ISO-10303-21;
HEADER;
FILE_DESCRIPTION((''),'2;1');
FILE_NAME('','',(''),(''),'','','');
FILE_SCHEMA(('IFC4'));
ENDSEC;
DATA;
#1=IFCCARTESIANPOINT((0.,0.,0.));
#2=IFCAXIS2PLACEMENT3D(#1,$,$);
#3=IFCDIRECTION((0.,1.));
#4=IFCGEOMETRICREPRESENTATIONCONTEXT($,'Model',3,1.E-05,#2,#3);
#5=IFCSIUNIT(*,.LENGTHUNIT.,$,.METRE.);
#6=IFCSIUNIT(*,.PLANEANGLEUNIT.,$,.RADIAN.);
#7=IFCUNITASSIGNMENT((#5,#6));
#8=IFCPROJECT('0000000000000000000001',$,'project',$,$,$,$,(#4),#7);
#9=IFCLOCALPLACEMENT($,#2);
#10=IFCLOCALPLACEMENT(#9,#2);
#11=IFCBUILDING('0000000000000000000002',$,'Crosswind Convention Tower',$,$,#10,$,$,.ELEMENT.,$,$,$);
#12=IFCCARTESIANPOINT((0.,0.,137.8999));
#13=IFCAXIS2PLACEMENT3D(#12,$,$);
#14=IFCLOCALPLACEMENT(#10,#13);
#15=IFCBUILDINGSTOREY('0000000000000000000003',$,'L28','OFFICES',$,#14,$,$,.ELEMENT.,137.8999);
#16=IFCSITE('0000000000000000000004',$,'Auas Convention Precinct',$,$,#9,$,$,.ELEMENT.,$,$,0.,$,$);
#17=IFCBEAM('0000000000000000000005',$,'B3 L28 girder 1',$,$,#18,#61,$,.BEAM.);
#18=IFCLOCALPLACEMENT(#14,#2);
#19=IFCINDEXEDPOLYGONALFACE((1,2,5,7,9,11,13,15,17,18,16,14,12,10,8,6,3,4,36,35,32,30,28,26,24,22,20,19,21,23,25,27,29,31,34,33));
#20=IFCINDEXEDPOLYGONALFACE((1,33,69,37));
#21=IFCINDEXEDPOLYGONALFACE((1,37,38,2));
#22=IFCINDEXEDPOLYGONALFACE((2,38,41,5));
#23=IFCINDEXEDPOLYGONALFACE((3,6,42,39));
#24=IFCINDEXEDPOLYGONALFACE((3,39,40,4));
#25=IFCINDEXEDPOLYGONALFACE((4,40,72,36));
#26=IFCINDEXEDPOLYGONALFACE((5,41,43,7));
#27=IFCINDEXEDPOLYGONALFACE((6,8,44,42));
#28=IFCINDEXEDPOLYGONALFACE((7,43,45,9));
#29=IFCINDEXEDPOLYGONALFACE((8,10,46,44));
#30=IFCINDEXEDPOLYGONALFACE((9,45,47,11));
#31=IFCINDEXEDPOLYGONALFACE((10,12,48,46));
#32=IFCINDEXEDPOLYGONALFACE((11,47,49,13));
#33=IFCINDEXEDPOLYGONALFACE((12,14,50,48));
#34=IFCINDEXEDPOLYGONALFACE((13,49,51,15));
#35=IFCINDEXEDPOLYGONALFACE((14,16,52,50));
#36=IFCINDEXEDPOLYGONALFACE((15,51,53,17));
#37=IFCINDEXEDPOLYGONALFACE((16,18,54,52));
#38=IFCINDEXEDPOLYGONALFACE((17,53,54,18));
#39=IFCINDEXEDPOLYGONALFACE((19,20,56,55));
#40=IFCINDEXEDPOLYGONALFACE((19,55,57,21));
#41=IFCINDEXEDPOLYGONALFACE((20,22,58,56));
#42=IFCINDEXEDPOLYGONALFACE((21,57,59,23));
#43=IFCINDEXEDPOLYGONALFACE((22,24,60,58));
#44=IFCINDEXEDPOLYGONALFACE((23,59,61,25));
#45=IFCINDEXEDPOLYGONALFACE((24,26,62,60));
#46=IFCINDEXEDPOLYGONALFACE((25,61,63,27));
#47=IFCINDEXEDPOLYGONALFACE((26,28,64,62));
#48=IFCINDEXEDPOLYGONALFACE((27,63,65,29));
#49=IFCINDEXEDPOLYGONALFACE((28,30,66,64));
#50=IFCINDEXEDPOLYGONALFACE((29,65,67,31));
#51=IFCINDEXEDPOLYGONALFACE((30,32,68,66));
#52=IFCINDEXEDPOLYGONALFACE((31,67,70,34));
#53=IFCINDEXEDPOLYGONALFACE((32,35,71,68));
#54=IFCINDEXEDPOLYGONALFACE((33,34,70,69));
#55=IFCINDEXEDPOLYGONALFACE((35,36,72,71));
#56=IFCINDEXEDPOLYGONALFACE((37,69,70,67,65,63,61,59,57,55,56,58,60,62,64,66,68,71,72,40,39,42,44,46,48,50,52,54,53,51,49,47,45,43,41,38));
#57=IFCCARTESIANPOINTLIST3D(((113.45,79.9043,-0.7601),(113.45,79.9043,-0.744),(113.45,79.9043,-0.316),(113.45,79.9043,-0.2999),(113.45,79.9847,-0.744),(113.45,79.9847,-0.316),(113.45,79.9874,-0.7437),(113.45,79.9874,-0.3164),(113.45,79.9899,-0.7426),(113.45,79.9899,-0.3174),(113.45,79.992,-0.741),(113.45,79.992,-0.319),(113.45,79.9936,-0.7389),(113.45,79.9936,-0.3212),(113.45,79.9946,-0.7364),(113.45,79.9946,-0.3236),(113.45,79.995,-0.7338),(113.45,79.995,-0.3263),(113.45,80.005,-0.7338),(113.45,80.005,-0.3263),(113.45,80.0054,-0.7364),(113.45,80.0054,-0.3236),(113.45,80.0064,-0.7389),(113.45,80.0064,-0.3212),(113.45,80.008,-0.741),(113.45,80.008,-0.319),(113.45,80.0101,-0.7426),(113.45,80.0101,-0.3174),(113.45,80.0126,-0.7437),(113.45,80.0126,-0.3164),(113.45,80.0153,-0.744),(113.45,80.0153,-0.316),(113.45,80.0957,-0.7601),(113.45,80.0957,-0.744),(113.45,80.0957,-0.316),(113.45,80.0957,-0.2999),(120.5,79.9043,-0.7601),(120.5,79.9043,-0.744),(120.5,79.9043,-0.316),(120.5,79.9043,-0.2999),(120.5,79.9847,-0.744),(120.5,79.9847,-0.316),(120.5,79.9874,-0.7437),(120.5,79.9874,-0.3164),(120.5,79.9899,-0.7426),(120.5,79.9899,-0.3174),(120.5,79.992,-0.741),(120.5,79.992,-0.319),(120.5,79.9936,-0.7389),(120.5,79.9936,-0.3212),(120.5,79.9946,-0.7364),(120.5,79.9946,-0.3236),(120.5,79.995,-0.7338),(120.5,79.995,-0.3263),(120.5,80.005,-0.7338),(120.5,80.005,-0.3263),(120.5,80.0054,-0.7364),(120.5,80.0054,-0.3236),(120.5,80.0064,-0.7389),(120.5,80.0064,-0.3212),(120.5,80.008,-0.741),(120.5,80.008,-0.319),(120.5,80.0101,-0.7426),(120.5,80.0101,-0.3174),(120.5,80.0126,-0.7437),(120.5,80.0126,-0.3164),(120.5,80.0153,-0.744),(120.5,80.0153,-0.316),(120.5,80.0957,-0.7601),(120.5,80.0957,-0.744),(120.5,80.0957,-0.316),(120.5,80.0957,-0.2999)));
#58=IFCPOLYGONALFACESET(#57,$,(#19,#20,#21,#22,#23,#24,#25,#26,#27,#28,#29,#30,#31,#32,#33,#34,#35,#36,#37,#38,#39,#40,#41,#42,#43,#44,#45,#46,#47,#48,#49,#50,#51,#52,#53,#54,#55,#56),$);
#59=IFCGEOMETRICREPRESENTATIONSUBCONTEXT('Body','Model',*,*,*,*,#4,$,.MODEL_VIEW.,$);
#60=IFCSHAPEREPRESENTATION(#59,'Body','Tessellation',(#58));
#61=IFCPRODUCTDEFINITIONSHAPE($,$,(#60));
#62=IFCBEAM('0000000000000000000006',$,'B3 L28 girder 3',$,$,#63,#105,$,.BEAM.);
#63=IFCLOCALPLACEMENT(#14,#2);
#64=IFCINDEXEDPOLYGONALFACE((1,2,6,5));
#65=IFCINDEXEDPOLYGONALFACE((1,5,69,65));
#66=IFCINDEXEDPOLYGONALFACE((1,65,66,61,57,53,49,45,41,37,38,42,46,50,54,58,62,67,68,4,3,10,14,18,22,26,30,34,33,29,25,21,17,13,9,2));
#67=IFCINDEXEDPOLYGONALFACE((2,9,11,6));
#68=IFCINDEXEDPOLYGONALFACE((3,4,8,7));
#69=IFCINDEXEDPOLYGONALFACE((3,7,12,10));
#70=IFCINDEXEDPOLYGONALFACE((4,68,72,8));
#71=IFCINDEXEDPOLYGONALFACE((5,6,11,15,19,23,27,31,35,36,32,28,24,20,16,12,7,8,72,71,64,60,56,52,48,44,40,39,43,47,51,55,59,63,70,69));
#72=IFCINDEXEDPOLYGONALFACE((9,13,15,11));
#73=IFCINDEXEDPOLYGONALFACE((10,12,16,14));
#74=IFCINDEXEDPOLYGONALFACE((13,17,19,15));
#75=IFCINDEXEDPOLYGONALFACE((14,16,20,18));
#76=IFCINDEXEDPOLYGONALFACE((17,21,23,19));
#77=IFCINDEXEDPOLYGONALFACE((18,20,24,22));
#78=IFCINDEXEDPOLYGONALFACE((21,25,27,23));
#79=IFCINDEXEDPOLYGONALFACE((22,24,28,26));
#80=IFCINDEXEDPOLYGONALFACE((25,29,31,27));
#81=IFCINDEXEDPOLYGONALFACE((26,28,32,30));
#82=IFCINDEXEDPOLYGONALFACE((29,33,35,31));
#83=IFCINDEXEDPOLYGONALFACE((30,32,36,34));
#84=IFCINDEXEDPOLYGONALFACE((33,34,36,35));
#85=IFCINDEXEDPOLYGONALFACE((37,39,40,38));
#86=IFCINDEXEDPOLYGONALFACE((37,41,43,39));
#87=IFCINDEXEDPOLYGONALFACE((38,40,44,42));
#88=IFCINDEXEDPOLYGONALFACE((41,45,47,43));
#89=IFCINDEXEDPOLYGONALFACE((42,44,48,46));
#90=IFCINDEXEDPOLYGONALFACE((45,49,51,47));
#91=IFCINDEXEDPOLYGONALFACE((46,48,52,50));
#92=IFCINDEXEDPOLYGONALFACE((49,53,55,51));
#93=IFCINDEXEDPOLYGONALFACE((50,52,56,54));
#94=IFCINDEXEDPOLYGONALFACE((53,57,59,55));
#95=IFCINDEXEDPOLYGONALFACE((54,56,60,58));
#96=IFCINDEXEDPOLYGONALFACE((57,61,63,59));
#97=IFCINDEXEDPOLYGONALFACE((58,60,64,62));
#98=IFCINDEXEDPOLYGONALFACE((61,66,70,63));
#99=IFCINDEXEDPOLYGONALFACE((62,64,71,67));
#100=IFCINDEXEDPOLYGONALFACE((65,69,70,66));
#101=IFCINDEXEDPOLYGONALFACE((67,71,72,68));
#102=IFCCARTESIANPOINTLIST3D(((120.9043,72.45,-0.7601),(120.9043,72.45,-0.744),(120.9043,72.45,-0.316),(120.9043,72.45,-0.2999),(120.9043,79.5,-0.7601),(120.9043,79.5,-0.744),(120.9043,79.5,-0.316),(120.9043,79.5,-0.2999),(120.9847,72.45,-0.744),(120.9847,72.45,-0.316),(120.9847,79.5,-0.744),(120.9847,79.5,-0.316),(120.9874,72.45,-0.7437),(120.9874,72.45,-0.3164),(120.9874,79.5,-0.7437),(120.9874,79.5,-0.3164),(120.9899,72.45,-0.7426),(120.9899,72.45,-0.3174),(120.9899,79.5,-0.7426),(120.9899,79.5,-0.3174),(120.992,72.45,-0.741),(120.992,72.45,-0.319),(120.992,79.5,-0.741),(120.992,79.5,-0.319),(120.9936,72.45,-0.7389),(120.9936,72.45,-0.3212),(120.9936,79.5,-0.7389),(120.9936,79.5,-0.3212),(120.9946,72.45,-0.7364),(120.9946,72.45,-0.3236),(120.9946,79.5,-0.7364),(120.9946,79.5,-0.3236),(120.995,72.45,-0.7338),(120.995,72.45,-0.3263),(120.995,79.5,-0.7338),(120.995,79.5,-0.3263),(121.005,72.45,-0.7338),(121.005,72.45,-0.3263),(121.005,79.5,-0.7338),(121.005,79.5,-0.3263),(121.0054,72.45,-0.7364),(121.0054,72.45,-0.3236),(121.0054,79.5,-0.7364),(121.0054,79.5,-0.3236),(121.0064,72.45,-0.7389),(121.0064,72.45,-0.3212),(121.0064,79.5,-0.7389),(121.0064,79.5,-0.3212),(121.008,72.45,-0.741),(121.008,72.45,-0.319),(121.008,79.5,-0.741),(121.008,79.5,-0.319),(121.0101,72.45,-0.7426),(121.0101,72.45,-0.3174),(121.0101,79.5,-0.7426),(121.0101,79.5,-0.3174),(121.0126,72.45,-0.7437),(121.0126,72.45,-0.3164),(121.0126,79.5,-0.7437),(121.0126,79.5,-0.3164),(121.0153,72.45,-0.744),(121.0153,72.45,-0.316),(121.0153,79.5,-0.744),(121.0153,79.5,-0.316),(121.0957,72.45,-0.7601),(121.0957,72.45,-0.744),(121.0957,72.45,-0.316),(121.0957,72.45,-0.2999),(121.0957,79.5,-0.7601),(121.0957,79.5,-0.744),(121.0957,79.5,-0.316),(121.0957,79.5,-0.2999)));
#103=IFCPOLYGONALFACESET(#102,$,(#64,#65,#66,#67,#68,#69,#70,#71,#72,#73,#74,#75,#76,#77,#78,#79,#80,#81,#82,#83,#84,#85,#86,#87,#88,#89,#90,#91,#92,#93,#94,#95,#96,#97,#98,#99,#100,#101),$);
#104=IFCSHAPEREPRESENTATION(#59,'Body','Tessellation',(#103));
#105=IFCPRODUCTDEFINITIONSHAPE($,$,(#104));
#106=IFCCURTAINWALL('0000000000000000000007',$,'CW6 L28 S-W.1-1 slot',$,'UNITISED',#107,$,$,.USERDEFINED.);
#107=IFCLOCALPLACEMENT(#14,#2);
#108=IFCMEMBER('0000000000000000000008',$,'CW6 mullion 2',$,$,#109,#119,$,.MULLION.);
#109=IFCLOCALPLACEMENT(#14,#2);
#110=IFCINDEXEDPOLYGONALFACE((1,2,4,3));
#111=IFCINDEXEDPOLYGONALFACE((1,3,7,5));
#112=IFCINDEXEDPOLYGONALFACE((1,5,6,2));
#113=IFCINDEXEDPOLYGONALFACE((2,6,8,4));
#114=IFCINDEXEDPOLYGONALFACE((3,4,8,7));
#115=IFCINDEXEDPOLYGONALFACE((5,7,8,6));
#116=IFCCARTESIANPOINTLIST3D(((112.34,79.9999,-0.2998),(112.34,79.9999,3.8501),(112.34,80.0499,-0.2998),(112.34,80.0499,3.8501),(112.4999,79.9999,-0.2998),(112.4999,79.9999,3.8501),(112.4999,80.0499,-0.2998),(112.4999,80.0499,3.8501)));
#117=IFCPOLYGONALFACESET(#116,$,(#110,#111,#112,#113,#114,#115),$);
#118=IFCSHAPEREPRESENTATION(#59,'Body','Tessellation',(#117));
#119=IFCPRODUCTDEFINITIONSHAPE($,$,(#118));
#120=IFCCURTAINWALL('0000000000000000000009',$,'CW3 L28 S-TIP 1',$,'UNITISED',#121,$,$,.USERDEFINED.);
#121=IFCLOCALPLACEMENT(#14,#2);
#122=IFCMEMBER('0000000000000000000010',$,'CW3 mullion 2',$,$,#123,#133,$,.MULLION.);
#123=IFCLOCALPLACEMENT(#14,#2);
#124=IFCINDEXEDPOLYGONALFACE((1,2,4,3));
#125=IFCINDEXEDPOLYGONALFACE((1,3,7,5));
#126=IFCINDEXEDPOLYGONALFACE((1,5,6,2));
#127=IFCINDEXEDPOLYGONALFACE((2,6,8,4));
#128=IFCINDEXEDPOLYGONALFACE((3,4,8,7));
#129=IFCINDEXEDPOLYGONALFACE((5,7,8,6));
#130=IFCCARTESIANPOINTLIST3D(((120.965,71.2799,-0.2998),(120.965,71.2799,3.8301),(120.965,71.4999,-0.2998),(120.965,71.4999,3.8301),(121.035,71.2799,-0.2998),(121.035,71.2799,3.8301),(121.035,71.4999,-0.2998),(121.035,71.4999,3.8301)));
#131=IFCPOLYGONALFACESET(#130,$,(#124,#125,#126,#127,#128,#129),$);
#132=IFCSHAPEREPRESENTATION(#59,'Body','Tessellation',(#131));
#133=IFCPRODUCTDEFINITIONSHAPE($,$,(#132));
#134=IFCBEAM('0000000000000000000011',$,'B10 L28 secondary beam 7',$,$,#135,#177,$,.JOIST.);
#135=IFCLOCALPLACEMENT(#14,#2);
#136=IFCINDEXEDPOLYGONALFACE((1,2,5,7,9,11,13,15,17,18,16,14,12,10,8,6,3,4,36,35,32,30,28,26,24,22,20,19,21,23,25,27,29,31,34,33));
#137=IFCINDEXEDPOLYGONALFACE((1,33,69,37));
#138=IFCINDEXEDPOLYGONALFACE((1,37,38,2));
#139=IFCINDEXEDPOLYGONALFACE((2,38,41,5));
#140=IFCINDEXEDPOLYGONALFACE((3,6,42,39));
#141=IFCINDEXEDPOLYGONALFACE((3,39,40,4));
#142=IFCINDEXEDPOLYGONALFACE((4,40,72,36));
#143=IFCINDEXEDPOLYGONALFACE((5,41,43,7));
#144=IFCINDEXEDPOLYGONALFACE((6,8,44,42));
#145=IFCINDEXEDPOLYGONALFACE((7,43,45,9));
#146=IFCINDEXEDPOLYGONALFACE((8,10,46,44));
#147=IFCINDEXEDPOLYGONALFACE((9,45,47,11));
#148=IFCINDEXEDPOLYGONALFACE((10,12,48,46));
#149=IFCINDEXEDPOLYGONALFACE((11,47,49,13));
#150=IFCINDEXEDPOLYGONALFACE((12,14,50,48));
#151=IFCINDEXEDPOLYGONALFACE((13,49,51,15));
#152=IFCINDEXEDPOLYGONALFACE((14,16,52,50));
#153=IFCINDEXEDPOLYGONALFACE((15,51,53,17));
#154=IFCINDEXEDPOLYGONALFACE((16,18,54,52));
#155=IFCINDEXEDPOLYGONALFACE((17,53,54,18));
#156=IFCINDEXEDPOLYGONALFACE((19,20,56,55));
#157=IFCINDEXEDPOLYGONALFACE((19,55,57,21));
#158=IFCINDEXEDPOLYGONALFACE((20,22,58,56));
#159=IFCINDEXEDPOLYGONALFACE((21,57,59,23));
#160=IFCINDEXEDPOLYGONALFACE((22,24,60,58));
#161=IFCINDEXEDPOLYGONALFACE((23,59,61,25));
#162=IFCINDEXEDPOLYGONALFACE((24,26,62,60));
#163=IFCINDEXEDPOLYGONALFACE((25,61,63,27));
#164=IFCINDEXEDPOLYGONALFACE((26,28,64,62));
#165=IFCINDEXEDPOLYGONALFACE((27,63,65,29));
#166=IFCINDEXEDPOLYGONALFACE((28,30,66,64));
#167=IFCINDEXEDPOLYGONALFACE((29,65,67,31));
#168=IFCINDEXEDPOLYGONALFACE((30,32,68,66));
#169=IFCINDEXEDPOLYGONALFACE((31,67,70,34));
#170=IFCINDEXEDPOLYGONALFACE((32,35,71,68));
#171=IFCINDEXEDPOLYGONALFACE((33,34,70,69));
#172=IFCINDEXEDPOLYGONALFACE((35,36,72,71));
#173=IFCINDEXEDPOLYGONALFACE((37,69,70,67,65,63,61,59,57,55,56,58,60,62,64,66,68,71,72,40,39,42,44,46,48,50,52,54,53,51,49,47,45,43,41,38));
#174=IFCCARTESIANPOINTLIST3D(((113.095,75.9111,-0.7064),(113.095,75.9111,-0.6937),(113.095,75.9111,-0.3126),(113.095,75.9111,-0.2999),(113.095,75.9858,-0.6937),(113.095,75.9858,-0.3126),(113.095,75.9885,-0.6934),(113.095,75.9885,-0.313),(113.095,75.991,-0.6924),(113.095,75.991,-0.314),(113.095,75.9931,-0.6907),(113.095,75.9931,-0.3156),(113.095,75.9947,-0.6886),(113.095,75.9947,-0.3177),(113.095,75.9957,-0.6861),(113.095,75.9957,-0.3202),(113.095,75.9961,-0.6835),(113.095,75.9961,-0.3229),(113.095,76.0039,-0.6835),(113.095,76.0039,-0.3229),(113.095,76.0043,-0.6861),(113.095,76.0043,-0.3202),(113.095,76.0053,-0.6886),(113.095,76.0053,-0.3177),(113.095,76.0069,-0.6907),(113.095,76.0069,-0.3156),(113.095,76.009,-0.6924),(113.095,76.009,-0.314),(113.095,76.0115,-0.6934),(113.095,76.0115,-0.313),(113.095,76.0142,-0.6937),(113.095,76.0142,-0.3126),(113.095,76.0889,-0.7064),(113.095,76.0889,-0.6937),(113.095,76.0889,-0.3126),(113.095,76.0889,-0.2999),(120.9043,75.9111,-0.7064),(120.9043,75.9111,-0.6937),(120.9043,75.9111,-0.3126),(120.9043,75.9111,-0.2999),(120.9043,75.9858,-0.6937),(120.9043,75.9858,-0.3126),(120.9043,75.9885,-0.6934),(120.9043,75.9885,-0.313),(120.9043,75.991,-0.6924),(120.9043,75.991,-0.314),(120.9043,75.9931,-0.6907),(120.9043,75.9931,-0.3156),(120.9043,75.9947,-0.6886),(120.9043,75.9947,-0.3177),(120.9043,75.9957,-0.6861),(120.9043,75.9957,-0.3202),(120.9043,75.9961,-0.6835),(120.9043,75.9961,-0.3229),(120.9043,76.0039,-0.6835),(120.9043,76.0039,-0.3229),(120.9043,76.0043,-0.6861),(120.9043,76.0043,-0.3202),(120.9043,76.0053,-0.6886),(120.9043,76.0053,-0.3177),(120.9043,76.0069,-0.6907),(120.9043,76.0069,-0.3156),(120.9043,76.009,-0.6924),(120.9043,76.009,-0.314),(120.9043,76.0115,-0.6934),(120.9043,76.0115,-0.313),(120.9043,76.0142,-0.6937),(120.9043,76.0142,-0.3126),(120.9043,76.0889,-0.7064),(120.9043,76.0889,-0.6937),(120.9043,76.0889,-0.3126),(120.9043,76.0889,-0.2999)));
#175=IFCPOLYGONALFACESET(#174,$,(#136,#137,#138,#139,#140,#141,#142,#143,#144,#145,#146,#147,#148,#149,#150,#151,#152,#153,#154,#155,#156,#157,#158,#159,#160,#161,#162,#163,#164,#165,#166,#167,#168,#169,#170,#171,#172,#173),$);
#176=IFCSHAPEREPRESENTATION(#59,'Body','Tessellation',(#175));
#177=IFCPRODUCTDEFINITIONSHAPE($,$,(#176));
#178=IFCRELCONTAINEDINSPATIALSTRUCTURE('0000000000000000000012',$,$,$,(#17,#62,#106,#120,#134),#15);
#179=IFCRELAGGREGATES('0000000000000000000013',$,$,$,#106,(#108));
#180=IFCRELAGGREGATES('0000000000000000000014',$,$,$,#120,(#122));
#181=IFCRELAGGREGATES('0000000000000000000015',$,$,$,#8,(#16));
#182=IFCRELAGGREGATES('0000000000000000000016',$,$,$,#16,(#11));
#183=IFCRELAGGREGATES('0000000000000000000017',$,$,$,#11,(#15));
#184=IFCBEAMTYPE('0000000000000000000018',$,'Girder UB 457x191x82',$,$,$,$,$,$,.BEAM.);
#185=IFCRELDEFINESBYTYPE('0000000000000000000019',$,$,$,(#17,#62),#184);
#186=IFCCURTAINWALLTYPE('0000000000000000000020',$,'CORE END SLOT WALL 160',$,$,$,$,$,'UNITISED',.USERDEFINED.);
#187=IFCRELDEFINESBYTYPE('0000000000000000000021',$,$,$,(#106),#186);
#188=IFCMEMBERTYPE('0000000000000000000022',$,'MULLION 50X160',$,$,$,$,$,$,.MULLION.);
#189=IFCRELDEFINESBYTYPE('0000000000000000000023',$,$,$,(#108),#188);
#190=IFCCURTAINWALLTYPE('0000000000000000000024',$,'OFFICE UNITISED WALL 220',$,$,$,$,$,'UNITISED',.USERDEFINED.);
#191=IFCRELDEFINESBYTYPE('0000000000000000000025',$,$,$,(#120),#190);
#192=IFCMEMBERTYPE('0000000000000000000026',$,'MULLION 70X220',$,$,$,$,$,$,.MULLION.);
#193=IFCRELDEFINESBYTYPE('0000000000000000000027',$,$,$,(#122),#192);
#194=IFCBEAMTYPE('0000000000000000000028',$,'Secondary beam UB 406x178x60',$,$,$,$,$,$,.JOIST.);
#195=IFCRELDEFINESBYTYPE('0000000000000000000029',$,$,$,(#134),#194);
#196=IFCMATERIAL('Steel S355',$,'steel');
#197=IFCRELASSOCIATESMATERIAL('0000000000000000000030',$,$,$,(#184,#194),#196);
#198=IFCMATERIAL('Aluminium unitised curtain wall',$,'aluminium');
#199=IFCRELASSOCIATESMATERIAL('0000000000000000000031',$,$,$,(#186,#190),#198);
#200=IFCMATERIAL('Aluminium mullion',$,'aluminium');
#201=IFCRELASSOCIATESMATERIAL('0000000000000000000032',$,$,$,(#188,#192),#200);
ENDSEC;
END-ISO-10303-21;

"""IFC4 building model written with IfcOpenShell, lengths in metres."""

from ifc_helpers import new_model, si_unit, direction, frame, origin, origin_2d, place, context, subcontext, project, spatial, rectangle, i_section, extrude, material, material_profile, profile_set, type_object, element, aggregate, save


model = new_model("IFC4")

# Units and contexts
model_context = context("Model", 3, precision=1e-05, world=origin(), true_north=direction((0.0, 1.0)))
body_context = subcontext(model_context, "Body", "Model", "MODEL_VIEW")
ifc_project = project(units=[si_unit("LENGTHUNIT", "METRE"), si_unit("PLANEANGLEUNIT", "RADIAN")], contexts=[model_context])

# Site, building, storey
site_placement = place(None, origin())
site = spatial("IfcSite", under=ifc_project, at=site_placement, Name="Auas Convention Precinct", CompositionType="ELEMENT", RefElevation=0.0)
building_placement = place(site_placement, origin())
building = spatial("IfcBuilding", under=site, at=building_placement, Name="Crosswind Convention Tower", CompositionType="ELEMENT")
storey_placement = place(building_placement, frame((0.0, 0.0, 137.8999)))
storey = spatial("IfcBuildingStorey", under=building, at=storey_placement, Name="L28", Description="OFFICES", CompositionType="ELEMENT", Elevation=137.8999)

# Beams
ifc_material_1 = material(Name="Steel S355", Category="steel")
ifc_material_profile_1 = material_profile(ifc_material_1, i_section(OverallWidth=0.1914, OverallDepth=0.4602, WebThickness=0.01, FlangeThickness=0.0161, FilletRadius=0.0103, at=origin_2d()), Name="UB 457x191x82")
ifc_profile_set_1 = profile_set([ifc_material_profile_1], Name="Steel S355")
beam_type_1 = type_object("IfcBeamType", Name="Girder UB 457x191x82", PredefinedType="BEAM", material=ifc_profile_set_1)
for number, where, z_axis, x_axis, name in (
    (1, (113.45, 80.0, -0.53), (1.0, 0.0, 0.0), (0.0, 1.0, 0.0), "B3 L28 girder 1"),
    (2, (121.0, 72.45, -0.53), (0.0, 1.0, 0.0), (-1.0, 0.0, 0.0), "B3 L28 girder 3"),
):
    element("IfcBeam", number, at=place(storey_placement, frame(where, z_axis=z_axis, x_axis=x_axis)), inside=storey, type_object=beam_type_1, Name=name, PredefinedType="BEAM", context=body_context, shape_type="SweptSolid", body=[
        extrude(i_section(OverallWidth=0.1914, OverallDepth=0.4602, WebThickness=0.01, FlangeThickness=0.0161, FilletRadius=0.0103, at=origin_2d()), origin(), (0.0, 0.0, 1.0), 7.05),
    ])

# Curtain walls, members
ifc_material_2 = material(Name="Aluminium unitised curtain wall", Category="aluminium")
curtain_wall_type_1 = type_object("IfcCurtainWallType", Name="CORE END SLOT WALL 160", ElementType="UNITISED", PredefinedType="USERDEFINED", material=ifc_material_2)
curtain_wall_1_placement = place(storey_placement, origin())
curtain_wall_1 = element("IfcCurtainWall", 3, at=curtain_wall_1_placement, inside=storey, type_object=curtain_wall_type_1, Name="CW6 L28 S-W.1-1 slot", ObjectType="UNITISED", PredefinedType="USERDEFINED")
ifc_material_3 = material(Name="Aluminium mullion", Category="aluminium")
ifc_material_profile_2 = material_profile(ifc_material_3, rectangle(XDim=0.1599, YDim=0.05, at=origin_2d()), Name="AL 160X50")
ifc_profile_set_2 = profile_set([ifc_material_profile_2], Name="Aluminium mullion")
member_type_1 = type_object("IfcMemberType", Name="MULLION 50X160", PredefinedType="MULLION", material=ifc_profile_set_2)
member_1_placement = place(storey_placement, frame((112.4199, 80.0249, -0.2998), z_axis=(0.0, 0.0, 1.0), x_axis=(-1.0, 0.0, 0.0)))
member_1 = element("IfcMember", 4, at=member_1_placement, type_object=member_type_1, Name="CW6 mullion 2", PredefinedType="MULLION", context=body_context, shape_type="SweptSolid", body=[
    extrude(rectangle(XDim=0.1599, YDim=0.05, at=origin_2d()), origin(), (0.0, 0.0, 1.0), 4.1499),
])
aggregate(curtain_wall_1, [member_1])
curtain_wall_type_2 = type_object("IfcCurtainWallType", Name="OFFICE UNITISED WALL 220", ElementType="UNITISED", PredefinedType="USERDEFINED", material=ifc_material_2)
curtain_wall_2_placement = place(storey_placement, origin())
curtain_wall_2 = element("IfcCurtainWall", 5, at=curtain_wall_2_placement, inside=storey, type_object=curtain_wall_type_2, Name="CW3 L28 S-TIP 1", ObjectType="UNITISED", PredefinedType="USERDEFINED")
ifc_material_profile_3 = material_profile(ifc_material_3, rectangle(XDim=0.22, YDim=0.0701, at=origin_2d()), Name="AL 220X70")
ifc_profile_set_3 = profile_set([ifc_material_profile_3], Name="Aluminium mullion")
member_type_2 = type_object("IfcMemberType", Name="MULLION 70X220", PredefinedType="MULLION", material=ifc_profile_set_3)
member_2_placement = place(storey_placement, frame((121.0, 71.3899, -0.2998), z_axis=(0.0, 0.0, 1.0), x_axis=(0.0, -1.0, 0.0)))
member_2 = element("IfcMember", 6, at=member_2_placement, type_object=member_type_2, Name="CW3 mullion 2", PredefinedType="MULLION", context=body_context, shape_type="SweptSolid", body=[
    extrude(rectangle(XDim=0.22, YDim=0.0701, at=origin_2d()), origin(), (0.0, 0.0, 1.0), 4.1299),
])

# Beam
ifc_material_profile_4 = material_profile(ifc_material_1, i_section(OverallWidth=0.1777, OverallDepth=0.4065, WebThickness=0.0078, FlangeThickness=0.0127, FilletRadius=0.0103, at=origin_2d()), Name="UB 406x178x60")
ifc_profile_set_4 = profile_set([ifc_material_profile_4], Name="Steel S355")
beam_type_2 = type_object("IfcBeamType", Name="Secondary beam UB 406x178x60", PredefinedType="JOIST", material=ifc_profile_set_4)
beam_1_placement = place(storey_placement, frame((113.095, 76.0, -0.5032), z_axis=(1.0, 0.0, 0.0), x_axis=(0.0, 1.0, 0.0)))
element("IfcBeam", 7, at=beam_1_placement, inside=storey, type_object=beam_type_2, Name="B10 L28 secondary beam 7", PredefinedType="JOIST", context=body_context, shape_type="SweptSolid", body=[
    extrude(i_section(OverallWidth=0.1777, OverallDepth=0.4065, WebThickness=0.0078, FlangeThickness=0.0127, FilletRadius=0.0103, at=origin_2d()), origin(), (0.0, 0.0, 1.0), 7.8093),
])

aggregate(curtain_wall_2, [member_2])

save(model, "model.ifc")
